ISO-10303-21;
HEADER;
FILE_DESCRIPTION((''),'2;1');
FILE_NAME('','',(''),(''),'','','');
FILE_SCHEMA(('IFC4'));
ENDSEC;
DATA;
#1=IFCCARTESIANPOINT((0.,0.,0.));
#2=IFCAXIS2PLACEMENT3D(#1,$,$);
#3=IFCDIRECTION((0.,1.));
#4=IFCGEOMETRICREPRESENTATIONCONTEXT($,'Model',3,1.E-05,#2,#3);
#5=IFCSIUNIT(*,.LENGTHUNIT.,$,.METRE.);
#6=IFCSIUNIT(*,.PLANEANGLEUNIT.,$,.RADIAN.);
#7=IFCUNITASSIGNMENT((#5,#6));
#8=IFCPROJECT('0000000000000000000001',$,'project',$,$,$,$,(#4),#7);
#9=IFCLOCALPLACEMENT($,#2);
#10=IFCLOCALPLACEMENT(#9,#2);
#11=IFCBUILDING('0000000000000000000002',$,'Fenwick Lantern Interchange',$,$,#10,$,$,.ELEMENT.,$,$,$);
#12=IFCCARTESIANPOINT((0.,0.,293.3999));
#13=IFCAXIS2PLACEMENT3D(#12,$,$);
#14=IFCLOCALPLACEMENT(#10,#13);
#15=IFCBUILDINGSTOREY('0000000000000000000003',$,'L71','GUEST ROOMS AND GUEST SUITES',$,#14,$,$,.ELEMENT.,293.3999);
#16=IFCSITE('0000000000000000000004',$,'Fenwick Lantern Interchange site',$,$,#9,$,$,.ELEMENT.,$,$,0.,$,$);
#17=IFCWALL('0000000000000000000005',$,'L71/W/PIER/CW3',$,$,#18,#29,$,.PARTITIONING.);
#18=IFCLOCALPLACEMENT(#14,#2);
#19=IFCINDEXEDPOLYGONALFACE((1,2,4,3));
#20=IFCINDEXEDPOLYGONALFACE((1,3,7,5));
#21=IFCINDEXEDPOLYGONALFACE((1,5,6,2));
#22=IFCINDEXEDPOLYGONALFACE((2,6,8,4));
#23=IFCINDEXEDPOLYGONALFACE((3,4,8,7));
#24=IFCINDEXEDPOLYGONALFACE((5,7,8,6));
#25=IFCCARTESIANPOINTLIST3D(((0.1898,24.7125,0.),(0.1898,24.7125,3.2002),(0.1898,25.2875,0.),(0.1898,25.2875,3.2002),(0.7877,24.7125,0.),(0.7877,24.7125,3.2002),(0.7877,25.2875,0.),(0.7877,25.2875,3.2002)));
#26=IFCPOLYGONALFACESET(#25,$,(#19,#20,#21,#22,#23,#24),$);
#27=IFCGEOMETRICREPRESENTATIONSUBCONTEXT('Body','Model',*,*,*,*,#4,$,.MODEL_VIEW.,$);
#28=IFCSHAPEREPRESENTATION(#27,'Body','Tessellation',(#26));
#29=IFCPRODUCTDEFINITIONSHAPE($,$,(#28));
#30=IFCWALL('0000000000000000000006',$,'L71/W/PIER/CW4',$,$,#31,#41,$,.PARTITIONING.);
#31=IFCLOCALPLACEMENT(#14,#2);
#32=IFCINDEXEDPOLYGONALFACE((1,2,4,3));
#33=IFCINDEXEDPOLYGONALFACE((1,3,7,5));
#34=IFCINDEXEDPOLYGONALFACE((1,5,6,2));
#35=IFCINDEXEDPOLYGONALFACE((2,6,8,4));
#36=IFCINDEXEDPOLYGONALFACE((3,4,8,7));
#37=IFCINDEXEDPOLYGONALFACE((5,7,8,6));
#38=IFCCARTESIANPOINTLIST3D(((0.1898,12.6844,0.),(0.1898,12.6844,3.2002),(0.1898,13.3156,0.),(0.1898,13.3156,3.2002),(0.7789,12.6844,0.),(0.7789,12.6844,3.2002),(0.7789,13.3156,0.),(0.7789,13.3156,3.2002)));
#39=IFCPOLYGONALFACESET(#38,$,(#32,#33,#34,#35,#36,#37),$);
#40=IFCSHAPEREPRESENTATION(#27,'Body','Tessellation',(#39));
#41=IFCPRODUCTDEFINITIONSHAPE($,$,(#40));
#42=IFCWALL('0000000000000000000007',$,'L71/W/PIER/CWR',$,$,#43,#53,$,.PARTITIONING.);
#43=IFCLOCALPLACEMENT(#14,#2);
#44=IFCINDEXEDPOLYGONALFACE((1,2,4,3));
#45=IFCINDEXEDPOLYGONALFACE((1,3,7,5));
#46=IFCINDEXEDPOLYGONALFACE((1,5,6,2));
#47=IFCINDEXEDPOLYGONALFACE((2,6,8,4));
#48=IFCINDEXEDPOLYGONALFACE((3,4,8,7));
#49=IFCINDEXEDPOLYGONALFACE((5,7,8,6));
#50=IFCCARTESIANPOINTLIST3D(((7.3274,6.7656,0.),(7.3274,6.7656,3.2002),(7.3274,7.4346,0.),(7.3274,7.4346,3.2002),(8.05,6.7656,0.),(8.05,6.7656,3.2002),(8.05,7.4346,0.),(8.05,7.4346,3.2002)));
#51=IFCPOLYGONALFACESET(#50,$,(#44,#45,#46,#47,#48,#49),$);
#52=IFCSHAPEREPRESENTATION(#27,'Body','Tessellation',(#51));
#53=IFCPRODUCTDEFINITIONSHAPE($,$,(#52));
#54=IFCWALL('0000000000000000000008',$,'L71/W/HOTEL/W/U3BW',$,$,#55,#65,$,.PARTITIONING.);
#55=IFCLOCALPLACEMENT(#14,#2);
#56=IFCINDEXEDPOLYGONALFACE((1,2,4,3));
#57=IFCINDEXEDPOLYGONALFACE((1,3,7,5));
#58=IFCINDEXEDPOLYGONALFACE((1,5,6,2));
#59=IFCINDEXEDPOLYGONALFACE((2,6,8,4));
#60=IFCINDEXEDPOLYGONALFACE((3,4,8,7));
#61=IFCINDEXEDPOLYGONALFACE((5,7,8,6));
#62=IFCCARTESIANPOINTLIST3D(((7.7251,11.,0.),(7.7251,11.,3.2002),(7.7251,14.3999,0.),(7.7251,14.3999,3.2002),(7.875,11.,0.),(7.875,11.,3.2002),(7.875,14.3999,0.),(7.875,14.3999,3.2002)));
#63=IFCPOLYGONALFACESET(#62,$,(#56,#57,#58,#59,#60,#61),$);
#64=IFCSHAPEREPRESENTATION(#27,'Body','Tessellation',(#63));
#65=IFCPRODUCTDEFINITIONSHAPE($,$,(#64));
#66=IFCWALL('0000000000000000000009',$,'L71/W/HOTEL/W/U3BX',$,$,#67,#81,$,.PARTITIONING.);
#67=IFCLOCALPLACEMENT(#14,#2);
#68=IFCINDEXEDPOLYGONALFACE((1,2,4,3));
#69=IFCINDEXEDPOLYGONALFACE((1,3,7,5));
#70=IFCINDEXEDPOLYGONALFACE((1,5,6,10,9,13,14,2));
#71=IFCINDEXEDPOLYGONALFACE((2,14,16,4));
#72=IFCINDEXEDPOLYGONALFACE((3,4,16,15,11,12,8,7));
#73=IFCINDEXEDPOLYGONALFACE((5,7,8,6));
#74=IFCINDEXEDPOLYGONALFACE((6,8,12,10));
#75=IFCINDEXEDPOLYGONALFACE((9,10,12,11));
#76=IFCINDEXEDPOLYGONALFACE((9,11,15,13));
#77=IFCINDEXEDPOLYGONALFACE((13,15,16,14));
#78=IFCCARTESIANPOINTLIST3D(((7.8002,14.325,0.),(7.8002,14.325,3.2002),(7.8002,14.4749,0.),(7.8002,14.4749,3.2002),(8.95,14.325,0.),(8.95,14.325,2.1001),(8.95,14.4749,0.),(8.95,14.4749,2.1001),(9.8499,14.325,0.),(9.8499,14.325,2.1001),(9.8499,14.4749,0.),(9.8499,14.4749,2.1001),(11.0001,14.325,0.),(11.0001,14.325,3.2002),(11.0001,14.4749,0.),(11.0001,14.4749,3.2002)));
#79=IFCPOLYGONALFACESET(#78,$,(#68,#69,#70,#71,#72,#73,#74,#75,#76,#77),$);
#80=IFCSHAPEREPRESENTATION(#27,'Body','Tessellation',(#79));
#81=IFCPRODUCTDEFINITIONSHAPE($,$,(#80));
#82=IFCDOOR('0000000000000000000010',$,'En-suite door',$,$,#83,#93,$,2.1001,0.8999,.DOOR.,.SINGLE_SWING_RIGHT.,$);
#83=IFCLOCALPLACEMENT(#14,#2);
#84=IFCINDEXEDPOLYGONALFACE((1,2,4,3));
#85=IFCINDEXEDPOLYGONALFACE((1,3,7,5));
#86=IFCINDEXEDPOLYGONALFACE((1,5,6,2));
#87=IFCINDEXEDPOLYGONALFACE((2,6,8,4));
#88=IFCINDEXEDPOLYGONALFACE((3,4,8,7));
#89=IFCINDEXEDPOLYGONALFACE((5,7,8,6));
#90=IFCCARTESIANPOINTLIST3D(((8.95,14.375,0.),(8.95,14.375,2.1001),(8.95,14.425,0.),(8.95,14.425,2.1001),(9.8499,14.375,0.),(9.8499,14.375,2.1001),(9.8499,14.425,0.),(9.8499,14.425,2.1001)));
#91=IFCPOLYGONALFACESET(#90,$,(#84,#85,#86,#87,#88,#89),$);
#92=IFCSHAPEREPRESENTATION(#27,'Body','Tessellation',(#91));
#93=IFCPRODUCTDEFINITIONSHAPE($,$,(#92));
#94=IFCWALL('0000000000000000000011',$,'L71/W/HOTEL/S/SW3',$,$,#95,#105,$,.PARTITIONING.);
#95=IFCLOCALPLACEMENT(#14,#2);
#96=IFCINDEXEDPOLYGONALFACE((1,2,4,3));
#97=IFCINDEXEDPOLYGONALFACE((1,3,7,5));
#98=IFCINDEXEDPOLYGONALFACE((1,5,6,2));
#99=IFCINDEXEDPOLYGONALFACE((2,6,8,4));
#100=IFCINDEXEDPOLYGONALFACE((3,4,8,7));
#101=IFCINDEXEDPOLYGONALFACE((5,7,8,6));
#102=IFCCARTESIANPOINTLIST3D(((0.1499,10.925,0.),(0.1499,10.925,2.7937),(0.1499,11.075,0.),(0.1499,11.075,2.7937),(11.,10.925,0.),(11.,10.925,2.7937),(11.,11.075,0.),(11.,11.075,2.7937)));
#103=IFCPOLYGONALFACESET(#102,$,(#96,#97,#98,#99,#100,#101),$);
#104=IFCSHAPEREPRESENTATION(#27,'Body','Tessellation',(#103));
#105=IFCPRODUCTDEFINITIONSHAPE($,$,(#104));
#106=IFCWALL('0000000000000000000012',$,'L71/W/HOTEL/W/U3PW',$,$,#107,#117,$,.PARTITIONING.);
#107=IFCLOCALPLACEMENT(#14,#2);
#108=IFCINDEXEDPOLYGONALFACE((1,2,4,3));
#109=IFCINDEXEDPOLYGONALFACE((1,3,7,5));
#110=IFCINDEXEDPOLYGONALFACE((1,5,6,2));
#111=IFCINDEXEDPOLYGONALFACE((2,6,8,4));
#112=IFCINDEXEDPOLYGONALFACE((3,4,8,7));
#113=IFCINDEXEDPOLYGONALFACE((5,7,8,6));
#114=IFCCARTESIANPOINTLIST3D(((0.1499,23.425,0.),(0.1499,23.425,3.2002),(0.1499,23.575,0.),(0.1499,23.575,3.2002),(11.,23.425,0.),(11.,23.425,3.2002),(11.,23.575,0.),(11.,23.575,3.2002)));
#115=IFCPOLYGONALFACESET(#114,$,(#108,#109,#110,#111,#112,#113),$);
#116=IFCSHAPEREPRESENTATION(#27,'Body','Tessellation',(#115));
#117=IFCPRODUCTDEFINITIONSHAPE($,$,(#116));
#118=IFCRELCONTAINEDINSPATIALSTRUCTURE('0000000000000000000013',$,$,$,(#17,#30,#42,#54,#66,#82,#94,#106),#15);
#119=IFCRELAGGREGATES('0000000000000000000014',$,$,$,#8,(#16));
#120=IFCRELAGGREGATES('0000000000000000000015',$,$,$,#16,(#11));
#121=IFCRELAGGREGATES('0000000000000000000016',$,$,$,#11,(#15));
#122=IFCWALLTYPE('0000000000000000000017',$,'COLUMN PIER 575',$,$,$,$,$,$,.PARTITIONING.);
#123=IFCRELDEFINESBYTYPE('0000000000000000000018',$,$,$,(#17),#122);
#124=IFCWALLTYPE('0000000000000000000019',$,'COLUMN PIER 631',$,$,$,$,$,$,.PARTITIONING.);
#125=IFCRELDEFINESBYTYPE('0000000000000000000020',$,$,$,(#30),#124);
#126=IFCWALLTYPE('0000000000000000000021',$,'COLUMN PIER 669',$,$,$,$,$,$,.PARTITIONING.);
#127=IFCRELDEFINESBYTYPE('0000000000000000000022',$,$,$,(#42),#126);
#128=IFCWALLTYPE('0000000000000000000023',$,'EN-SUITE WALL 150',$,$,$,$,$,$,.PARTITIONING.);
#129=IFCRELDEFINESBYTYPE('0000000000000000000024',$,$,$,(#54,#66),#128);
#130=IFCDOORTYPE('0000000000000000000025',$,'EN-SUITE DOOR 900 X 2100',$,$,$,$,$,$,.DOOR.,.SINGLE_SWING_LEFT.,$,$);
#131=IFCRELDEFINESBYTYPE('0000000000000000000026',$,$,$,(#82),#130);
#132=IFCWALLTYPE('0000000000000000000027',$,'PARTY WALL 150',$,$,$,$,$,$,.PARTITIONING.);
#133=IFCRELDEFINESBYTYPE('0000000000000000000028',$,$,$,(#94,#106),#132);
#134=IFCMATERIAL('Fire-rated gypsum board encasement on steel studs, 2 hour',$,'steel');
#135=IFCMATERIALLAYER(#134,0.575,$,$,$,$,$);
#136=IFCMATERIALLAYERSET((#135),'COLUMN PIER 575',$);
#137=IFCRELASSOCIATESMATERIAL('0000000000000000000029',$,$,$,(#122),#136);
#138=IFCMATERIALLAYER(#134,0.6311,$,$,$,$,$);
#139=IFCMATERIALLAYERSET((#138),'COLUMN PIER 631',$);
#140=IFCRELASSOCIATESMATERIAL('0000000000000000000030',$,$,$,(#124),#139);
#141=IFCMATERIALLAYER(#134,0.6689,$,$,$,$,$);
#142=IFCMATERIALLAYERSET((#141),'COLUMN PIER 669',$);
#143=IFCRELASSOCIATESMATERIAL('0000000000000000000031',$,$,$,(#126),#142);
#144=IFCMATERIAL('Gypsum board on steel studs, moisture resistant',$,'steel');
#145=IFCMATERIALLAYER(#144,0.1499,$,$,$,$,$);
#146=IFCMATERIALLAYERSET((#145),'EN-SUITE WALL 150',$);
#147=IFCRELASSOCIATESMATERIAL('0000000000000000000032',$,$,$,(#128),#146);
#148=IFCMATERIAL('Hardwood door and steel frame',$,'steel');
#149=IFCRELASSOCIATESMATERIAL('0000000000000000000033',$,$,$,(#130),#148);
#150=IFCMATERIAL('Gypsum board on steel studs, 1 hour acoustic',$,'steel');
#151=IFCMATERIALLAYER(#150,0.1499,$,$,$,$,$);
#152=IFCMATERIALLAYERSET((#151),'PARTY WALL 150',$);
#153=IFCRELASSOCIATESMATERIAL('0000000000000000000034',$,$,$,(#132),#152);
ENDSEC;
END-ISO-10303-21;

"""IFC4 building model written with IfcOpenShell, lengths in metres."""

from ifc_helpers import new_model, si_unit, direction, frame, frame_2d, origin, place, context, subcontext, project, spatial, rectangle, extrude, material, layer, layer_set, type_object, element, fill, save


model = new_model("IFC4")

# Units and contexts
model_context = context("Model", 3, precision=1e-05, world=origin(), true_north=direction((0.0, 1.0)))
body_context = subcontext(model_context, "Body", "Model", "MODEL_VIEW")
ifc_project = project(units=[si_unit("LENGTHUNIT", "METRE"), si_unit("PLANEANGLEUNIT", "RADIAN")], contexts=[model_context])

# Site, building, storey
site_placement = place(None, origin())
site = spatial("IfcSite", under=ifc_project, at=site_placement, Name="Fenwick Lantern Interchange site", CompositionType="ELEMENT", RefElevation=0.0)
building_placement = place(site_placement, origin())
building = spatial("IfcBuilding", under=site, at=building_placement, Name="Fenwick Lantern Interchange", CompositionType="ELEMENT")
storey_placement = place(building_placement, frame((0.0, 0.0, 293.3999)))
storey = spatial("IfcBuildingStorey", under=building, at=storey_placement, Name="L71", Description="GUEST ROOMS AND GUEST SUITES", CompositionType="ELEMENT", Elevation=293.3999)

# Walls
ifc_material_1 = material(Name="Fire-rated gypsum board encasement on steel studs, 2 hour", Category="steel")
ifc_layer_1 = layer(ifc_material_1, 0.575)
ifc_layer_set_1 = layer_set([ifc_layer_1], Name="COLUMN PIER 575")
wall_type_1 = type_object("IfcWallType", Name="COLUMN PIER 575", PredefinedType="PARTITIONING", material=ifc_layer_set_1)
wall_1_placement = place(storey_placement, frame((0.1899, 25.0, 0.0), z_axis=(0.0, 0.0, 1.0), x_axis=(1.0, 0.0, 0.0)))
element("IfcWall", 1, at=wall_1_placement, inside=storey, type_object=wall_type_1, Name="L71/W/PIER/CW3", PredefinedType="PARTITIONING", context=body_context, shape_type="SweptSolid", body=[
    extrude(rectangle(XDim=0.5979, YDim=0.575, at=frame_2d((0.2988, 0.0))), origin(), (0.0, 0.0, 1.0), 3.2002),
])
ifc_layer_2 = layer(ifc_material_1, 0.6311)
ifc_layer_set_2 = layer_set([ifc_layer_2], Name="COLUMN PIER 631")
wall_type_2 = type_object("IfcWallType", Name="COLUMN PIER 631", PredefinedType="PARTITIONING", material=ifc_layer_set_2)
wall_2_placement = place(storey_placement, frame((0.1899, 13.0, 0.0), z_axis=(0.0, 0.0, 1.0), x_axis=(1.0, 0.0, 0.0)))
element("IfcWall", 2, at=wall_2_placement, inside=storey, type_object=wall_type_2, Name="L71/W/PIER/CW4", PredefinedType="PARTITIONING", context=body_context, shape_type="SweptSolid", body=[
    extrude(rectangle(XDim=0.5891, YDim=0.6311, at=frame_2d((0.2944, 0.0))), origin(), (0.0, 0.0, 1.0), 3.2002),
])
ifc_layer_3 = layer(ifc_material_1, 0.6689)
ifc_layer_set_3 = layer_set([ifc_layer_3], Name="COLUMN PIER 669")
wall_type_3 = type_object("IfcWallType", Name="COLUMN PIER 669", PredefinedType="PARTITIONING", material=ifc_layer_set_3)
wall_3_placement = place(storey_placement, frame((8.05, 7.1001, 0.0), z_axis=(0.0, 0.0, 1.0), x_axis=(-1.0, 0.0, 0.0)))
element("IfcWall", 3, at=wall_3_placement, inside=storey, type_object=wall_type_3, Name="L71/W/PIER/CWR", PredefinedType="PARTITIONING", context=body_context, shape_type="SweptSolid", body=[
    extrude(rectangle(XDim=0.7227, YDim=0.6689, at=frame_2d((0.3613, 0.0))), origin(), (0.0, 0.0, 1.0), 3.2002),
])
ifc_material_2 = material(Name="Gypsum board on steel studs, moisture resistant", Category="steel")
ifc_layer_4 = layer(ifc_material_2, 0.1499)
ifc_layer_set_4 = layer_set([ifc_layer_4], Name="EN-SUITE WALL 150")
wall_type_4 = type_object("IfcWallType", Name="EN-SUITE WALL 150", PredefinedType="PARTITIONING", material=ifc_layer_set_4)
wall_4_placement = place(storey_placement, frame((7.8, 14.3999, 0.0), z_axis=(0.0, 0.0, 1.0), x_axis=(0.0, -1.0, 0.0)))
element("IfcWall", 4, at=wall_4_placement, inside=storey, type_object=wall_type_4, Name="L71/W/HOTEL/W/U3BW", PredefinedType="PARTITIONING", context=body_context, shape_type="SweptSolid", body=[
    extrude(rectangle(XDim=3.3999, YDim=0.1499, at=frame_2d((1.7, 0.0))), origin(), (0.0, 0.0, 1.0), 3.2002),
])

# Wall, opening, door
wall_5_placement = place(storey_placement, frame((7.8, 14.3999, 0.0), z_axis=(0.0, 0.0, 1.0), x_axis=(1.0, 0.0, 0.0)))
wall_5 = element("IfcWall", 5, at=wall_5_placement, inside=storey, type_object=wall_type_4, Name="L71/W/HOTEL/W/U3BX", PredefinedType="PARTITIONING", context=body_context, shape_type="SweptSolid", body=[
    extrude(rectangle(XDim=3.2, YDim=0.1499, at=frame_2d((1.6001, 0.0))), origin(), (0.0, 0.0, 1.0), 3.2002),
])
opening_placement = place(wall_5_placement, frame((1.1499, 0.0, 0.0)))
opening = element("IfcOpeningElement", 6, at=opening_placement, cuts=wall_5, PredefinedType="OPENING", context=body_context, shape_type="SweptSolid", body=[
    extrude(rectangle(XDim=0.8999, YDim=2.1001, at=frame_2d((0.45, 1.05))), frame((0.0, 0.085, 0.0), z_axis=(0.0, -1.0, 0.0), x_axis=(1.0, 0.0, 0.0)), (0.0, 0.0, 1.0), 0.1699),
])
ifc_material_3 = material(Name="Hardwood door and steel frame", Category="steel")
door_type = type_object("IfcDoorType", Name="EN-SUITE DOOR 900 X 2100", OperationType="SINGLE_SWING_LEFT", PredefinedType="DOOR", material=ifc_material_3)
door_placement = place(opening_placement, frame((0.8999, 0.0, 0.0), z_axis=(0.0, 0.0, 1.0), x_axis=(-1.0, 0.0, 0.0)))
door = element("IfcDoor", 7, at=door_placement, inside=storey, type_object=door_type, Name="En-suite door", OperationType="SINGLE_SWING_RIGHT", OverallHeight=2.1001, OverallWidth=0.8999, PredefinedType="DOOR", context=body_context, shape_type="SweptSolid", body=[
    extrude(rectangle(XDim=0.8999, YDim=2.1001, at=frame_2d((0.45, 1.05))), frame((0.0, 0.0249, 0.0), z_axis=(0.0, -1.0, 0.0), x_axis=(1.0, 0.0, 0.0)), (0.0, 0.0, 1.0), 0.05),
])
fill(opening, door)

# Walls
ifc_material_4 = material(Name="Gypsum board on steel studs, 1 hour acoustic", Category="steel")
ifc_layer_5 = layer(ifc_material_4, 0.1499)
ifc_layer_set_5 = layer_set([ifc_layer_5], Name="PARTY WALL 150")
wall_type_5 = type_object("IfcWallType", Name="PARTY WALL 150", PredefinedType="PARTITIONING", material=ifc_layer_set_5)
wall_6_placement = place(storey_placement, frame((0.1499, 11.0, 0.0), z_axis=(0.0, 0.0, 1.0), x_axis=(1.0, 0.0, 0.0)))
element("IfcWall", 8, at=wall_6_placement, inside=storey, type_object=wall_type_5, Name="L71/W/HOTEL/S/SW3", PredefinedType="PARTITIONING", context=body_context, shape_type="SweptSolid", body=[
    extrude(rectangle(XDim=10.8501, YDim=0.1499, at=frame_2d((5.425, 0.0))), origin(), (0.0, 0.0, 1.0), 2.7937),
])
wall_7_placement = place(storey_placement, frame((0.1499, 23.5, 0.0), z_axis=(0.0, 0.0, 1.0), x_axis=(1.0, 0.0, 0.0)))
element("IfcWall", 9, at=wall_7_placement, inside=storey, type_object=wall_type_5, Name="L71/W/HOTEL/W/U3PW", PredefinedType="PARTITIONING", context=body_context, shape_type="SweptSolid", body=[
    extrude(rectangle(XDim=10.8501, YDim=0.1499, at=frame_2d((5.425, 0.0))), origin(), (0.0, 0.0, 1.0), 3.2002),
])

save(model, "model.ifc")
